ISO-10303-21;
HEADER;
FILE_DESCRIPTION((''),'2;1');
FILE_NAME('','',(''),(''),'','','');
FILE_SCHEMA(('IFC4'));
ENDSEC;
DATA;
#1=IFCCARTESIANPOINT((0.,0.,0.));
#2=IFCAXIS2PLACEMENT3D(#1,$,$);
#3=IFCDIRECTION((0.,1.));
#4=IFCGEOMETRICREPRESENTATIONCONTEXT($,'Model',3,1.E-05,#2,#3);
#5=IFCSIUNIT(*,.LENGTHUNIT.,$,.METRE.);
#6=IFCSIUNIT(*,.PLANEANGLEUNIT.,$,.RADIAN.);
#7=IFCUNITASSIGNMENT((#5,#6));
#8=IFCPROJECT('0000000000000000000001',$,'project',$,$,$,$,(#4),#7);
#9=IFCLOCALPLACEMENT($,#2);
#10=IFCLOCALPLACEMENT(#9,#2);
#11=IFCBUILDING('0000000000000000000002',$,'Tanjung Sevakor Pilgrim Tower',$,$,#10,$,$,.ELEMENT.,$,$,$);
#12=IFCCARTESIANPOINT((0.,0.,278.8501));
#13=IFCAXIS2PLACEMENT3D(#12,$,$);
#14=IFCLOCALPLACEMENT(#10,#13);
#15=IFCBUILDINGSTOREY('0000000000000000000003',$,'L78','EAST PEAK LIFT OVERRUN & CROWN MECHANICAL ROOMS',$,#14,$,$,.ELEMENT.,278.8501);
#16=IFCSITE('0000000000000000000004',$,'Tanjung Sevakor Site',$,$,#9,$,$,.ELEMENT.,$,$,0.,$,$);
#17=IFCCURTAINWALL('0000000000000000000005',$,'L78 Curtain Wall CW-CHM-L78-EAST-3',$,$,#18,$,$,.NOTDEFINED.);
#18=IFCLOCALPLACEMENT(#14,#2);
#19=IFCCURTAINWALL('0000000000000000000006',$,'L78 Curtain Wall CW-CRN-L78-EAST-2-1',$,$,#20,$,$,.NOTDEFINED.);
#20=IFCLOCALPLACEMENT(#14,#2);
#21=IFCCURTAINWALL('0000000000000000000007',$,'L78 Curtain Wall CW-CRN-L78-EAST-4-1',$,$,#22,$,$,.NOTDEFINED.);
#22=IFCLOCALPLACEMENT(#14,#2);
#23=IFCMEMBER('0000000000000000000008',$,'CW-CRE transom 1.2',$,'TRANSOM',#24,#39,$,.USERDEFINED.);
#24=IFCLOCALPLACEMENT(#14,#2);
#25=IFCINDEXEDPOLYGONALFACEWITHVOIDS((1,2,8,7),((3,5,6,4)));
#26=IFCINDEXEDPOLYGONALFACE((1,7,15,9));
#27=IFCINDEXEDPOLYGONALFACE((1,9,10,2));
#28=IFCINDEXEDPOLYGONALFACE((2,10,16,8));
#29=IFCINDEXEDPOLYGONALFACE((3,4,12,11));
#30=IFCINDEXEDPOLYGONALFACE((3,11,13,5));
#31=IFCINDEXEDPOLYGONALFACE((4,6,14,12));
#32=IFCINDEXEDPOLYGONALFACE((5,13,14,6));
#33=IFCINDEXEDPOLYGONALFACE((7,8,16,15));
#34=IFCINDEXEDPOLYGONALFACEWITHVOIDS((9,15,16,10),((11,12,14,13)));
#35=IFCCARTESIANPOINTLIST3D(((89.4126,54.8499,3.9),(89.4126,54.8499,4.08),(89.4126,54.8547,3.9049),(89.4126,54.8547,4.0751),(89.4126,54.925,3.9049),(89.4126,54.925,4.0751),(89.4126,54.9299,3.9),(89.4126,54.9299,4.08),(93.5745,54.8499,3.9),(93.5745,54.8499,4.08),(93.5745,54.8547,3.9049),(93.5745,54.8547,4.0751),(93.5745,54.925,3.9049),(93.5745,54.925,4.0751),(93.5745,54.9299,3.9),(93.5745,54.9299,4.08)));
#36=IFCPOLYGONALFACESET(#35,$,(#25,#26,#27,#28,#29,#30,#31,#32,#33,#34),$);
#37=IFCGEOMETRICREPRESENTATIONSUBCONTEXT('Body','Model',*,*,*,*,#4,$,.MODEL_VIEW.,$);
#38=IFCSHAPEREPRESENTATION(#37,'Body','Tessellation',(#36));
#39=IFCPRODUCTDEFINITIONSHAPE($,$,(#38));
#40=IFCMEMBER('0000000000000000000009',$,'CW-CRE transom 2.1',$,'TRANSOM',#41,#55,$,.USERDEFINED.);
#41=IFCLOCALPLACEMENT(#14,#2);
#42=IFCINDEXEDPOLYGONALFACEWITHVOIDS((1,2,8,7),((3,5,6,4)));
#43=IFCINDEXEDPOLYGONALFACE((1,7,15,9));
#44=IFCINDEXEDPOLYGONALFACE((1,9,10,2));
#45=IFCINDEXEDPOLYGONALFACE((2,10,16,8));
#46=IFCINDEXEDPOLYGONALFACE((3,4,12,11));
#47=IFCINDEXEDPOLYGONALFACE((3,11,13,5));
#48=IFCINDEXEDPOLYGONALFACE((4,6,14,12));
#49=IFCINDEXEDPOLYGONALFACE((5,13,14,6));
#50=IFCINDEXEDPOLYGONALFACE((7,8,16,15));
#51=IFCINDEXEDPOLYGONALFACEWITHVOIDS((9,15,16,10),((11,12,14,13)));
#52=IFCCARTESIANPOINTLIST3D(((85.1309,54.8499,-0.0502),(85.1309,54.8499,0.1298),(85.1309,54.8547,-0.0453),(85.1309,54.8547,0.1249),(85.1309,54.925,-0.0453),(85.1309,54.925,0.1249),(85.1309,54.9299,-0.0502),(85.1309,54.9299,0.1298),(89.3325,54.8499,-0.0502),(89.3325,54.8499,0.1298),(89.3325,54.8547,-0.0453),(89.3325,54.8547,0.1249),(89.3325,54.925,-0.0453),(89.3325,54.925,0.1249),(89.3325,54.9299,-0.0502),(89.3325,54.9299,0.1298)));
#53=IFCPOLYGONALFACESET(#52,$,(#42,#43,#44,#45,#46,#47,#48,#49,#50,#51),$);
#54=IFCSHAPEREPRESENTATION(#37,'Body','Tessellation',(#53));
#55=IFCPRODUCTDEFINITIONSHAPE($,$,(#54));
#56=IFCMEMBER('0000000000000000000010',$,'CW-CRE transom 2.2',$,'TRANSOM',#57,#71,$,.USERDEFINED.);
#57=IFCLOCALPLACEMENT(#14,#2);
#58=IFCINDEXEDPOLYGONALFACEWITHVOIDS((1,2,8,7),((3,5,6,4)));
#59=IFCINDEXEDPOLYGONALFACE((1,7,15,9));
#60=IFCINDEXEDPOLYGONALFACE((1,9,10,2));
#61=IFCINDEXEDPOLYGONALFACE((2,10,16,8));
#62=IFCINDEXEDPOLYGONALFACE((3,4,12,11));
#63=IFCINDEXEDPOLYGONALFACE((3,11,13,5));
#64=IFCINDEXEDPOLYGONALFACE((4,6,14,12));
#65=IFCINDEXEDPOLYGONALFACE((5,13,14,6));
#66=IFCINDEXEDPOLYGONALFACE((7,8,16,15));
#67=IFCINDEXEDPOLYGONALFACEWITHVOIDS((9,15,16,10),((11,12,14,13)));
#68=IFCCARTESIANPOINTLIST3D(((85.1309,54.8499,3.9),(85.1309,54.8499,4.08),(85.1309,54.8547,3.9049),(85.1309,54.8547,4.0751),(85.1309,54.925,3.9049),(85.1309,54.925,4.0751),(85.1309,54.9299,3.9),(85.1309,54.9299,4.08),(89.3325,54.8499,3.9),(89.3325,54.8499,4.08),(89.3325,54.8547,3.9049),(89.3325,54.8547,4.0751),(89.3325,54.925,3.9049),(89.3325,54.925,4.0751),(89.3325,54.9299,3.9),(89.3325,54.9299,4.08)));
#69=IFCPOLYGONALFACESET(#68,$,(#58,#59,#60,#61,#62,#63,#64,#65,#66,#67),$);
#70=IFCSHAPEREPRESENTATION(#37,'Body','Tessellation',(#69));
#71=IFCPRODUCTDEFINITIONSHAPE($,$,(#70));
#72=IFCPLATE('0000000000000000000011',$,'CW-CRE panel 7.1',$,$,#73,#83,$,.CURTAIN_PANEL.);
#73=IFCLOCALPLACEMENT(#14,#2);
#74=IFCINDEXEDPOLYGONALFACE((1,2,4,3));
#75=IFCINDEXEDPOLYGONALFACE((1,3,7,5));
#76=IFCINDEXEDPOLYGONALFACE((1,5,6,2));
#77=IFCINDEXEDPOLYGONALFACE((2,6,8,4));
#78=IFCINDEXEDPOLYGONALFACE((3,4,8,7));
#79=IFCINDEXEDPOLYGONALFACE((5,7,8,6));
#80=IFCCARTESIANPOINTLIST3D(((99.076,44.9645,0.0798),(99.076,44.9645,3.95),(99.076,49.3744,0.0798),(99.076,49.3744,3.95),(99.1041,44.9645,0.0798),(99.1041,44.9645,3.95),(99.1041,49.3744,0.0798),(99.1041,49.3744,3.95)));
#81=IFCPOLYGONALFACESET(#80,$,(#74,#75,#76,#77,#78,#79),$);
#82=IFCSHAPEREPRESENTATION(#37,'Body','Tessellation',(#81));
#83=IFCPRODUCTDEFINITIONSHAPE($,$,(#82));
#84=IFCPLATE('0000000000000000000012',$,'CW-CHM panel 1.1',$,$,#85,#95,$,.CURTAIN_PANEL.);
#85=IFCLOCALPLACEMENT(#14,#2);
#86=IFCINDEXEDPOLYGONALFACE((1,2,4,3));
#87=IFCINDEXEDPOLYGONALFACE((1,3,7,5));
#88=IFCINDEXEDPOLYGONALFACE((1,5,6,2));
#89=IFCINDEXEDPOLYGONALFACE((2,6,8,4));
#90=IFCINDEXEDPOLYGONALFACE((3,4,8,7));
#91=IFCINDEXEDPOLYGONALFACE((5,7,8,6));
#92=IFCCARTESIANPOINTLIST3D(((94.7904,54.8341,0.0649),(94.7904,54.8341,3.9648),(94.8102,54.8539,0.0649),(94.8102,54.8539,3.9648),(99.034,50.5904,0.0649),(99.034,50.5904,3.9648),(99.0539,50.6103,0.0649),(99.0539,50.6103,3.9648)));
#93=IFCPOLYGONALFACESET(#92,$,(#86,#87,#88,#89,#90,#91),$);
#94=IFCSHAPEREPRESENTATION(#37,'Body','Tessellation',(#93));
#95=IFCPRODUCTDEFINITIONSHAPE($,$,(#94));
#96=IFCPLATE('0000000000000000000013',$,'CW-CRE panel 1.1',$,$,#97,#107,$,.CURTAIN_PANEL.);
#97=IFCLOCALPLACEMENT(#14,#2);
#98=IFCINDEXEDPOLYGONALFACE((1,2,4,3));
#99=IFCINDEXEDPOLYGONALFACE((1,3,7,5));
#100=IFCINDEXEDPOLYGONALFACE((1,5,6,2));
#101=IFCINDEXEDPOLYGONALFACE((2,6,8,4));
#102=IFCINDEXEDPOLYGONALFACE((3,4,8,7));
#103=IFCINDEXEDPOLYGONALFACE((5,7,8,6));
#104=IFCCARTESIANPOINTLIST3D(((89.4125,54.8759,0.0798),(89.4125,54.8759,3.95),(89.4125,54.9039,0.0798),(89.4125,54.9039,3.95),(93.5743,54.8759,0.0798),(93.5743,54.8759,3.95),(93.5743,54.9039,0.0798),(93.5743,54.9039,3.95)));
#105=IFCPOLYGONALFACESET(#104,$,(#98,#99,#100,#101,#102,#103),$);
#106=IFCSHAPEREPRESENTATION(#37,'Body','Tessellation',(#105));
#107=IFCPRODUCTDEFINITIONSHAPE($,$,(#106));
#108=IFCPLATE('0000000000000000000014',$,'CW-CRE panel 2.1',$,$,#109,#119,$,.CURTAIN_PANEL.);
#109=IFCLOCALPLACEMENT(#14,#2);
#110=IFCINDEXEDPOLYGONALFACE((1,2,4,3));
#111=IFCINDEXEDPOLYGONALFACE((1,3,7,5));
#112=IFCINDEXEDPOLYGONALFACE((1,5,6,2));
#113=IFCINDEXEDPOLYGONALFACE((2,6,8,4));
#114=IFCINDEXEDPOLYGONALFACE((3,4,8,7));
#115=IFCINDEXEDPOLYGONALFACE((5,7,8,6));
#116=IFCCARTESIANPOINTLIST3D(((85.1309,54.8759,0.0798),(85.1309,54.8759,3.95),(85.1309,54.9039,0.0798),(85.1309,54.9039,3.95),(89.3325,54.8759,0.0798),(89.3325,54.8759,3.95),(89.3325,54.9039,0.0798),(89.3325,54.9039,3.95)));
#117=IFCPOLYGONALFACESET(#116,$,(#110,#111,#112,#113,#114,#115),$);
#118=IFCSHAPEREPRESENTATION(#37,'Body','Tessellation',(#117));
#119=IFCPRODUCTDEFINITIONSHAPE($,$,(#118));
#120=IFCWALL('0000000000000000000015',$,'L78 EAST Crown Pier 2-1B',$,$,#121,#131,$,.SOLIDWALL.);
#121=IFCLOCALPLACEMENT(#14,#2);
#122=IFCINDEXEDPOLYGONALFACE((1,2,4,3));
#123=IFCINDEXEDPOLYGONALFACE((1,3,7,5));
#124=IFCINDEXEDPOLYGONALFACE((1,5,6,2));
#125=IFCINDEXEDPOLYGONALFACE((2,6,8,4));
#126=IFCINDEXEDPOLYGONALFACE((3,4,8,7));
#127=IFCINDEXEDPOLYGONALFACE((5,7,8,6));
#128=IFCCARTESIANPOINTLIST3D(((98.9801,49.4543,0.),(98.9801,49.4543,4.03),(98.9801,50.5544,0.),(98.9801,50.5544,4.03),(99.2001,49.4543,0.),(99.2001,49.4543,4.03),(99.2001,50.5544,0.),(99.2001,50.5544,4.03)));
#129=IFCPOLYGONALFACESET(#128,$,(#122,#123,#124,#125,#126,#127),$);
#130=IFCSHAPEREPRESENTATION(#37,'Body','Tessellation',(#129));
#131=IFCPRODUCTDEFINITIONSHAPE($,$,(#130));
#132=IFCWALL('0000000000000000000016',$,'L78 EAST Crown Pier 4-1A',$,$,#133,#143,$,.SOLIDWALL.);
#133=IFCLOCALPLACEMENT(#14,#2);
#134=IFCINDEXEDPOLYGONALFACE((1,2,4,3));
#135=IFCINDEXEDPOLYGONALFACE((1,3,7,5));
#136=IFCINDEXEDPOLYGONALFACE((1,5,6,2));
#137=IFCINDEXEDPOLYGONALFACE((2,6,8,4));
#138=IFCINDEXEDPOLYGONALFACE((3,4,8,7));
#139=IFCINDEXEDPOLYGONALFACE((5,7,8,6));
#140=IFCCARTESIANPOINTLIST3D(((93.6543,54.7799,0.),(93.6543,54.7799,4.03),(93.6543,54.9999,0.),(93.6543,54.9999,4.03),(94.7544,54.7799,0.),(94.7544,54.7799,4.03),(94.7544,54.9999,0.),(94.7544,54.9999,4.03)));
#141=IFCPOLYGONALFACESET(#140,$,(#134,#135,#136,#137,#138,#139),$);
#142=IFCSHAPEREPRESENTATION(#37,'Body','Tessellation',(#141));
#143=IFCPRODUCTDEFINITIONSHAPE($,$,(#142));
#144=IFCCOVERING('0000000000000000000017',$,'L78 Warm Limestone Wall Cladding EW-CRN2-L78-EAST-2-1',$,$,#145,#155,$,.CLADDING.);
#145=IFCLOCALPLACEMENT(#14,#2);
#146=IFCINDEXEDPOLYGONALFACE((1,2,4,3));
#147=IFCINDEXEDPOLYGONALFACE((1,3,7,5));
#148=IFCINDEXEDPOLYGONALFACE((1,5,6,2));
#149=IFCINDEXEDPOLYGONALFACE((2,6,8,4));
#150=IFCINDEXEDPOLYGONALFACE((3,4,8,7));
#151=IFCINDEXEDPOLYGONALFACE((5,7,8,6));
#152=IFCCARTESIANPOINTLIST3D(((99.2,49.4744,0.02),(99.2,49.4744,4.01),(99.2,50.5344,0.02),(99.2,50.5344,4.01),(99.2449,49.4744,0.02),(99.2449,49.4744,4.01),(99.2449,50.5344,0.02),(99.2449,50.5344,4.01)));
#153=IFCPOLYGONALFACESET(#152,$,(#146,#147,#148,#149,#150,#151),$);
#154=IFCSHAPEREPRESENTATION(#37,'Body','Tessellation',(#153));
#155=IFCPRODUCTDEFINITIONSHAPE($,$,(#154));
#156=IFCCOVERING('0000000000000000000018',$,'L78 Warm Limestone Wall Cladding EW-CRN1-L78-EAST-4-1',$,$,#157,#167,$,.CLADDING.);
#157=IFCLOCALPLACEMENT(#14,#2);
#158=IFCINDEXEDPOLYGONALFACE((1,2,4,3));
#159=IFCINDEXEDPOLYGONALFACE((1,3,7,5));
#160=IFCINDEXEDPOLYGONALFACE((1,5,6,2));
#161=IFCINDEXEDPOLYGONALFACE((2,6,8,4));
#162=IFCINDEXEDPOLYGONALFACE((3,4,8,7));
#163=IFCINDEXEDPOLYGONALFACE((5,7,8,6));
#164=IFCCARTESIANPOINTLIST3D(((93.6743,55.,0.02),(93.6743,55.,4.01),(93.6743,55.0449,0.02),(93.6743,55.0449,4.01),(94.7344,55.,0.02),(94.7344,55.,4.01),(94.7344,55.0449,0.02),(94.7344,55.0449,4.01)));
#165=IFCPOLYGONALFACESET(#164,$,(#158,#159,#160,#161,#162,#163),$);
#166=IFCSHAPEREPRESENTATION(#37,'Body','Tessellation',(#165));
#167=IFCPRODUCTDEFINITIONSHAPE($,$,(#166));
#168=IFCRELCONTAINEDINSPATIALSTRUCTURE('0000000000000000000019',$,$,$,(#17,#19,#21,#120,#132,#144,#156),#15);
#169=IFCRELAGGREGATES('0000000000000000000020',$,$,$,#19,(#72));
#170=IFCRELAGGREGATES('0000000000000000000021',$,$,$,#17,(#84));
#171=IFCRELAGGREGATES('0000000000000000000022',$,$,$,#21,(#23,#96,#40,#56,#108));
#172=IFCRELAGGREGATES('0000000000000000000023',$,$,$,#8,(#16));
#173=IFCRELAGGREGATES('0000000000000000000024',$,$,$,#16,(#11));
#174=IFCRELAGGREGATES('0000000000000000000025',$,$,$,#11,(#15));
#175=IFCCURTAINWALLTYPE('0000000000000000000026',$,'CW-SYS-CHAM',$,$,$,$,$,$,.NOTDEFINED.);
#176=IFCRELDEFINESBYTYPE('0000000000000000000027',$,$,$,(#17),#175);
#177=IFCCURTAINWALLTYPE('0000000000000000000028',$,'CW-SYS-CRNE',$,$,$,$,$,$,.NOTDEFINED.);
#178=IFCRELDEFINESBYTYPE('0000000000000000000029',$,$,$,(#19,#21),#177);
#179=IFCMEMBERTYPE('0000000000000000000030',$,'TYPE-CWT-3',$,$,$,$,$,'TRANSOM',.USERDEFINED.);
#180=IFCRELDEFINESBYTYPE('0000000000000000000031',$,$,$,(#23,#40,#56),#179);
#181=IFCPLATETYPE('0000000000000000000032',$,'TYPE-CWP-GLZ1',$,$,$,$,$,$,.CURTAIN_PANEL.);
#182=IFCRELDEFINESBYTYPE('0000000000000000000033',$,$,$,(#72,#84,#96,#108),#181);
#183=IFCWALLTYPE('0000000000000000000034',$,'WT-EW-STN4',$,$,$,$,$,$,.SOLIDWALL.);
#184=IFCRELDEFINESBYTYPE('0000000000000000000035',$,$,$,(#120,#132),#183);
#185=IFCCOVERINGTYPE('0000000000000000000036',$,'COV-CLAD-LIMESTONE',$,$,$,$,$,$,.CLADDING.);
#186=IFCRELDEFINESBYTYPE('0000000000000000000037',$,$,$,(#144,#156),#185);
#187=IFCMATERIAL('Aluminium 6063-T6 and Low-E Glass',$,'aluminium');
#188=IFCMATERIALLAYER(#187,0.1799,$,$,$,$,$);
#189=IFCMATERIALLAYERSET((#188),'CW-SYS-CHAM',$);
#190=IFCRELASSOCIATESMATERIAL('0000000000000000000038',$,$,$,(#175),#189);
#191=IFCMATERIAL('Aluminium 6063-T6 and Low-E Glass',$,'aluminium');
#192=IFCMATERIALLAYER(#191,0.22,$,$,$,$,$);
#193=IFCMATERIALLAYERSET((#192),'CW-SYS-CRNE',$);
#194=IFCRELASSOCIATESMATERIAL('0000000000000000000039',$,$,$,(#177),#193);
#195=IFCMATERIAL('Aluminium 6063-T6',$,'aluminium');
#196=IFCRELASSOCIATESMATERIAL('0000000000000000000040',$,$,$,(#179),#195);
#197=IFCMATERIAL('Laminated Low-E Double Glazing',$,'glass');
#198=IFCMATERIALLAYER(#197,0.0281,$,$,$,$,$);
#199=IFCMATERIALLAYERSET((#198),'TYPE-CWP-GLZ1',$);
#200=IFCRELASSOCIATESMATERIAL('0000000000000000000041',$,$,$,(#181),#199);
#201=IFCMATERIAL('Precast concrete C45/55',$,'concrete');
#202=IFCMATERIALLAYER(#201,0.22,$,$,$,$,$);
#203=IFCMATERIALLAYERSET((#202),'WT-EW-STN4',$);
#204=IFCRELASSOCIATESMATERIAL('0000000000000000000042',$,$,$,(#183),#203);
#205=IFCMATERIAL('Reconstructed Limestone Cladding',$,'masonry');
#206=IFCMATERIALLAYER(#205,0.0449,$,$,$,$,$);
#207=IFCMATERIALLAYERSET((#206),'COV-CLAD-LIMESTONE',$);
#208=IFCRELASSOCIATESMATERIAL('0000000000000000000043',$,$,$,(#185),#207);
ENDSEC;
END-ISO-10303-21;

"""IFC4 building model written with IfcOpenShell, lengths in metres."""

from ifc_helpers import new_model, si_unit, direction, frame, frame_2d, origin, origin_2d, place, context, subcontext, project, spatial, rectangle, hollow_rectangle, extrude, material, layer, layer_set, material_profile, profile_set, type_object, element, aggregate, save


model = new_model("IFC4")

# Units and contexts
model_context = context("Model", 3, precision=1e-05, world=origin(), true_north=direction((0.0, 1.0)))
body_context = subcontext(model_context, "Body", "Model", "MODEL_VIEW")
ifc_project = project(units=[si_unit("LENGTHUNIT", "METRE"), si_unit("PLANEANGLEUNIT", "RADIAN")], contexts=[model_context])

# Site, building, storey
site_placement = place(None, origin())
site = spatial("IfcSite", under=ifc_project, at=site_placement, Name="Tanjung Sevakor Site", CompositionType="ELEMENT", RefElevation=0.0)
building_placement = place(site_placement, origin())
building = spatial("IfcBuilding", under=site, at=building_placement, Name="Tanjung Sevakor Pilgrim Tower", CompositionType="ELEMENT")
storey_placement = place(building_placement, frame((0.0, 0.0, 278.8501)))
storey = spatial("IfcBuildingStorey", under=building, at=storey_placement, Name="L78", Description="EAST PEAK LIFT OVERRUN & CROWN MECHANICAL ROOMS", CompositionType="ELEMENT", Elevation=278.8501)

# Curtain wall
ifc_material_1 = material(Name="Aluminium 6063-T6 and Low-E Glass", Category="aluminium")
ifc_layer_1 = layer(ifc_material_1, 0.1799)
ifc_layer_set_1 = layer_set([ifc_layer_1], Name="CW-SYS-CHAM")
curtain_wall_type_1 = type_object("IfcCurtainWallType", Name="CW-SYS-CHAM", PredefinedType="NOTDEFINED", material=ifc_layer_set_1)
curtain_wall_1_placement = place(storey_placement, origin())
curtain_wall_1 = element("IfcCurtainWall", 1, at=curtain_wall_1_placement, inside=storey, type_object=curtain_wall_type_1, Name="L78 Curtain Wall CW-CHM-L78-EAST-3", PredefinedType="NOTDEFINED")

# Curtain wall
ifc_material_2 = material(Name="Aluminium 6063-T6 and Low-E Glass", Category="aluminium")
ifc_layer_2 = layer(ifc_material_2, 0.22)
ifc_layer_set_2 = layer_set([ifc_layer_2], Name="CW-SYS-CRNE")
curtain_wall_type_2 = type_object("IfcCurtainWallType", Name="CW-SYS-CRNE", PredefinedType="NOTDEFINED", material=ifc_layer_set_2)
curtain_wall_2_placement = place(storey_placement, origin())
curtain_wall_2 = element("IfcCurtainWall", 2, at=curtain_wall_2_placement, inside=storey, type_object=curtain_wall_type_2, Name="L78 Curtain Wall CW-CRN-L78-EAST-2-1", PredefinedType="NOTDEFINED")

# Curtain wall
curtain_wall_3_placement = place(storey_placement, origin())
curtain_wall_3 = element("IfcCurtainWall", 3, at=curtain_wall_3_placement, inside=storey, type_object=curtain_wall_type_2, Name="L78 Curtain Wall CW-CRN-L78-EAST-4-1", PredefinedType="NOTDEFINED")

# Members
ifc_material_3 = material(Name="Aluminium 6063-T6", Category="aluminium")
ifc_material_profile_1 = material_profile(ifc_material_3, hollow_rectangle(XDim=0.0801, YDim=0.1799, WallThickness=0.0049, at=origin_2d()))
ifc_profile_set_1 = profile_set([ifc_material_profile_1], Name="Aluminium 6063-T6")
member_type_1 = type_object("IfcMemberType", Name="TYPE-CWT-3", ElementType="TRANSOM", PredefinedType="USERDEFINED", material=ifc_profile_set_1)
member_1_placement = place(storey_placement, frame((93.5745, 54.8899, 3.99), z_axis=(-1.0, 0.0, 0.0), x_axis=(0.0, -1.0, 0.0)))
member_1 = element("IfcMember", 4, at=member_1_placement, type_object=member_type_1, Name="CW-CRE transom 1.2", ObjectType="TRANSOM", PredefinedType="USERDEFINED", context=body_context, shape_type="SweptSolid", body=[
    extrude(hollow_rectangle(XDim=0.0801, YDim=0.1799, WallThickness=0.0049, at=origin_2d()), origin(), (0.0, 0.0, 1.0), 4.1619),
])
member_2_placement = place(storey_placement, frame((89.3325, 54.8899, 0.0398), z_axis=(-1.0, 0.0, 0.0), x_axis=(0.0, -1.0, 0.0)))
member_2 = element("IfcMember", 5, at=member_2_placement, type_object=member_type_1, Name="CW-CRE transom 2.1", ObjectType="TRANSOM", PredefinedType="USERDEFINED", context=body_context, shape_type="SweptSolid", body=[
    extrude(hollow_rectangle(XDim=0.0801, YDim=0.1799, WallThickness=0.0049, at=origin_2d()), origin(), (0.0, 0.0, 1.0), 4.2017),
])
member_3_placement = place(storey_placement, frame((89.3325, 54.8899, 3.99), z_axis=(-1.0, 0.0, 0.0), x_axis=(0.0, -1.0, 0.0)))
member_3 = element("IfcMember", 6, at=member_3_placement, type_object=member_type_1, Name="CW-CRE transom 2.2", ObjectType="TRANSOM", PredefinedType="USERDEFINED", context=body_context, shape_type="SweptSolid", body=[
    extrude(hollow_rectangle(XDim=0.0801, YDim=0.1799, WallThickness=0.0049, at=origin_2d()), origin(), (0.0, 0.0, 1.0), 4.2017),
])

# Plates
ifc_material_4 = material(Name="Laminated Low-E Double Glazing", Category="glass")
ifc_layer_3 = layer(ifc_material_4, 0.0281)
ifc_layer_set_3 = layer_set([ifc_layer_3], Name="TYPE-CWP-GLZ1")
plate_type = type_object("IfcPlateType", Name="TYPE-CWP-GLZ1", PredefinedType="CURTAIN_PANEL", material=ifc_layer_set_3)
plate_1_placement = place(storey_placement, frame((99.0901, 47.1694, 0.0798), z_axis=(0.0, 0.0, 1.0), x_axis=(0.0, 1.0, 0.0)))
plate_1 = element("IfcPlate", 7, at=plate_1_placement, type_object=plate_type, Name="CW-CRE panel 7.1", PredefinedType="CURTAIN_PANEL", context=body_context, shape_type="SweptSolid", body=[
    extrude(rectangle(XDim=4.4099, YDim=0.0281, at=origin_2d()), origin(), (0.0, 0.0, 1.0), 3.8701),
])
aggregate(curtain_wall_2, [plate_1])
plate_2_placement = place(storey_placement, frame((96.9221, 52.7222, 0.0649), z_axis=(0.0, 0.0, 1.0), x_axis=(-0.707107, 0.707107, 0.0)))
plate_2 = element("IfcPlate", 8, at=plate_2_placement, type_object=plate_type, Name="CW-CHM panel 1.1", PredefinedType="CURTAIN_PANEL", context=body_context, shape_type="SweptSolid", body=[
    extrude(rectangle(XDim=6.0015, YDim=0.0281, at=origin_2d()), origin(), (0.0, 0.0, 1.0), 3.8999),
])
aggregate(curtain_wall_1, [plate_2])
plate_3_placement = place(storey_placement, frame((91.4934, 54.8899, 0.0798), z_axis=(0.0, 0.0, 1.0), x_axis=(-1.0, 0.0, 0.0)))
plate_3 = element("IfcPlate", 9, at=plate_3_placement, type_object=plate_type, Name="CW-CRE panel 1.1", PredefinedType="CURTAIN_PANEL", context=body_context, shape_type="SweptSolid", body=[
    extrude(rectangle(XDim=4.1619, YDim=0.0281, at=origin_2d()), origin(), (0.0, 0.0, 1.0), 3.8701),
])
plate_4_placement = place(storey_placement, frame((87.2317, 54.8899, 0.0798), z_axis=(0.0, 0.0, 1.0), x_axis=(-1.0, 0.0, 0.0)))
plate_4 = element("IfcPlate", 10, at=plate_4_placement, type_object=plate_type, Name="CW-CRE panel 2.1", PredefinedType="CURTAIN_PANEL", context=body_context, shape_type="SweptSolid", body=[
    extrude(rectangle(XDim=4.2017, YDim=0.0281, at=origin_2d()), origin(), (0.0, 0.0, 1.0), 3.8701),
])
aggregate(curtain_wall_3, [member_1, plate_3, member_2, member_3, plate_4])

# Walls
ifc_material_5 = material(Name="Precast concrete C45/55", Category="concrete")
ifc_layer_4 = layer(ifc_material_5, 0.22)
ifc_layer_set_4 = layer_set([ifc_layer_4], Name="WT-EW-STN4")
wall_type = type_object("IfcWallType", Name="WT-EW-STN4", PredefinedType="SOLIDWALL", material=ifc_layer_set_4)
for number, where, z_axis, x_axis, name in (
    (11, (99.0901, 49.4543, 0.0), (0.0, 0.0, 1.0), (0.0, 1.0, 0.0), "L78 EAST Crown Pier 2-1B"),
    (12, (94.7544, 54.8899, 0.0), (0.0, 0.0, 1.0), (-1.0, 0.0, 0.0), "L78 EAST Crown Pier 4-1A"),
):
    element("IfcWall", number, at=place(storey_placement, frame(where, z_axis=z_axis, x_axis=x_axis)), inside=storey, type_object=wall_type, Name=name, PredefinedType="SOLIDWALL", context=body_context, shape_type="SweptSolid", body=[
        extrude(rectangle(XDim=1.1001, YDim=0.22, at=frame_2d((0.55, 0.0))), origin(), (0.0, 0.0, 1.0), 4.03),
    ])

# Coverings
ifc_material_6 = material(Name="Reconstructed Limestone Cladding", Category="masonry")
ifc_layer_5 = layer(ifc_material_6, 0.0449)
ifc_layer_set_5 = layer_set([ifc_layer_5], Name="COV-CLAD-LIMESTONE")
covering_type = type_object("IfcCoveringType", Name="COV-CLAD-LIMESTONE", PredefinedType="CLADDING", material=ifc_layer_set_5)
for number, where, z_axis, x_axis, name in (
    (13, (99.2224, 50.0044, 0.02), (0.0, 0.0, 1.0), (0.0, 1.0, 0.0), "L78 Warm Limestone Wall Cladding EW-CRN2-L78-EAST-2-1"),
    (14, (94.2043, 55.0225, 0.02), (0.0, 0.0, 1.0), (-1.0, 0.0, 0.0), "L78 Warm Limestone Wall Cladding EW-CRN1-L78-EAST-4-1"),
):
    element("IfcCovering", number, at=place(storey_placement, frame(where, z_axis=z_axis, x_axis=x_axis)), inside=storey, type_object=covering_type, Name=name, PredefinedType="CLADDING", context=body_context, shape_type="SweptSolid", body=[
        extrude(rectangle(XDim=1.0601, YDim=0.0449, at=origin_2d()), origin(), (0.0, 0.0, 1.0), 3.99),
    ])

save(model, "model.ifc")
